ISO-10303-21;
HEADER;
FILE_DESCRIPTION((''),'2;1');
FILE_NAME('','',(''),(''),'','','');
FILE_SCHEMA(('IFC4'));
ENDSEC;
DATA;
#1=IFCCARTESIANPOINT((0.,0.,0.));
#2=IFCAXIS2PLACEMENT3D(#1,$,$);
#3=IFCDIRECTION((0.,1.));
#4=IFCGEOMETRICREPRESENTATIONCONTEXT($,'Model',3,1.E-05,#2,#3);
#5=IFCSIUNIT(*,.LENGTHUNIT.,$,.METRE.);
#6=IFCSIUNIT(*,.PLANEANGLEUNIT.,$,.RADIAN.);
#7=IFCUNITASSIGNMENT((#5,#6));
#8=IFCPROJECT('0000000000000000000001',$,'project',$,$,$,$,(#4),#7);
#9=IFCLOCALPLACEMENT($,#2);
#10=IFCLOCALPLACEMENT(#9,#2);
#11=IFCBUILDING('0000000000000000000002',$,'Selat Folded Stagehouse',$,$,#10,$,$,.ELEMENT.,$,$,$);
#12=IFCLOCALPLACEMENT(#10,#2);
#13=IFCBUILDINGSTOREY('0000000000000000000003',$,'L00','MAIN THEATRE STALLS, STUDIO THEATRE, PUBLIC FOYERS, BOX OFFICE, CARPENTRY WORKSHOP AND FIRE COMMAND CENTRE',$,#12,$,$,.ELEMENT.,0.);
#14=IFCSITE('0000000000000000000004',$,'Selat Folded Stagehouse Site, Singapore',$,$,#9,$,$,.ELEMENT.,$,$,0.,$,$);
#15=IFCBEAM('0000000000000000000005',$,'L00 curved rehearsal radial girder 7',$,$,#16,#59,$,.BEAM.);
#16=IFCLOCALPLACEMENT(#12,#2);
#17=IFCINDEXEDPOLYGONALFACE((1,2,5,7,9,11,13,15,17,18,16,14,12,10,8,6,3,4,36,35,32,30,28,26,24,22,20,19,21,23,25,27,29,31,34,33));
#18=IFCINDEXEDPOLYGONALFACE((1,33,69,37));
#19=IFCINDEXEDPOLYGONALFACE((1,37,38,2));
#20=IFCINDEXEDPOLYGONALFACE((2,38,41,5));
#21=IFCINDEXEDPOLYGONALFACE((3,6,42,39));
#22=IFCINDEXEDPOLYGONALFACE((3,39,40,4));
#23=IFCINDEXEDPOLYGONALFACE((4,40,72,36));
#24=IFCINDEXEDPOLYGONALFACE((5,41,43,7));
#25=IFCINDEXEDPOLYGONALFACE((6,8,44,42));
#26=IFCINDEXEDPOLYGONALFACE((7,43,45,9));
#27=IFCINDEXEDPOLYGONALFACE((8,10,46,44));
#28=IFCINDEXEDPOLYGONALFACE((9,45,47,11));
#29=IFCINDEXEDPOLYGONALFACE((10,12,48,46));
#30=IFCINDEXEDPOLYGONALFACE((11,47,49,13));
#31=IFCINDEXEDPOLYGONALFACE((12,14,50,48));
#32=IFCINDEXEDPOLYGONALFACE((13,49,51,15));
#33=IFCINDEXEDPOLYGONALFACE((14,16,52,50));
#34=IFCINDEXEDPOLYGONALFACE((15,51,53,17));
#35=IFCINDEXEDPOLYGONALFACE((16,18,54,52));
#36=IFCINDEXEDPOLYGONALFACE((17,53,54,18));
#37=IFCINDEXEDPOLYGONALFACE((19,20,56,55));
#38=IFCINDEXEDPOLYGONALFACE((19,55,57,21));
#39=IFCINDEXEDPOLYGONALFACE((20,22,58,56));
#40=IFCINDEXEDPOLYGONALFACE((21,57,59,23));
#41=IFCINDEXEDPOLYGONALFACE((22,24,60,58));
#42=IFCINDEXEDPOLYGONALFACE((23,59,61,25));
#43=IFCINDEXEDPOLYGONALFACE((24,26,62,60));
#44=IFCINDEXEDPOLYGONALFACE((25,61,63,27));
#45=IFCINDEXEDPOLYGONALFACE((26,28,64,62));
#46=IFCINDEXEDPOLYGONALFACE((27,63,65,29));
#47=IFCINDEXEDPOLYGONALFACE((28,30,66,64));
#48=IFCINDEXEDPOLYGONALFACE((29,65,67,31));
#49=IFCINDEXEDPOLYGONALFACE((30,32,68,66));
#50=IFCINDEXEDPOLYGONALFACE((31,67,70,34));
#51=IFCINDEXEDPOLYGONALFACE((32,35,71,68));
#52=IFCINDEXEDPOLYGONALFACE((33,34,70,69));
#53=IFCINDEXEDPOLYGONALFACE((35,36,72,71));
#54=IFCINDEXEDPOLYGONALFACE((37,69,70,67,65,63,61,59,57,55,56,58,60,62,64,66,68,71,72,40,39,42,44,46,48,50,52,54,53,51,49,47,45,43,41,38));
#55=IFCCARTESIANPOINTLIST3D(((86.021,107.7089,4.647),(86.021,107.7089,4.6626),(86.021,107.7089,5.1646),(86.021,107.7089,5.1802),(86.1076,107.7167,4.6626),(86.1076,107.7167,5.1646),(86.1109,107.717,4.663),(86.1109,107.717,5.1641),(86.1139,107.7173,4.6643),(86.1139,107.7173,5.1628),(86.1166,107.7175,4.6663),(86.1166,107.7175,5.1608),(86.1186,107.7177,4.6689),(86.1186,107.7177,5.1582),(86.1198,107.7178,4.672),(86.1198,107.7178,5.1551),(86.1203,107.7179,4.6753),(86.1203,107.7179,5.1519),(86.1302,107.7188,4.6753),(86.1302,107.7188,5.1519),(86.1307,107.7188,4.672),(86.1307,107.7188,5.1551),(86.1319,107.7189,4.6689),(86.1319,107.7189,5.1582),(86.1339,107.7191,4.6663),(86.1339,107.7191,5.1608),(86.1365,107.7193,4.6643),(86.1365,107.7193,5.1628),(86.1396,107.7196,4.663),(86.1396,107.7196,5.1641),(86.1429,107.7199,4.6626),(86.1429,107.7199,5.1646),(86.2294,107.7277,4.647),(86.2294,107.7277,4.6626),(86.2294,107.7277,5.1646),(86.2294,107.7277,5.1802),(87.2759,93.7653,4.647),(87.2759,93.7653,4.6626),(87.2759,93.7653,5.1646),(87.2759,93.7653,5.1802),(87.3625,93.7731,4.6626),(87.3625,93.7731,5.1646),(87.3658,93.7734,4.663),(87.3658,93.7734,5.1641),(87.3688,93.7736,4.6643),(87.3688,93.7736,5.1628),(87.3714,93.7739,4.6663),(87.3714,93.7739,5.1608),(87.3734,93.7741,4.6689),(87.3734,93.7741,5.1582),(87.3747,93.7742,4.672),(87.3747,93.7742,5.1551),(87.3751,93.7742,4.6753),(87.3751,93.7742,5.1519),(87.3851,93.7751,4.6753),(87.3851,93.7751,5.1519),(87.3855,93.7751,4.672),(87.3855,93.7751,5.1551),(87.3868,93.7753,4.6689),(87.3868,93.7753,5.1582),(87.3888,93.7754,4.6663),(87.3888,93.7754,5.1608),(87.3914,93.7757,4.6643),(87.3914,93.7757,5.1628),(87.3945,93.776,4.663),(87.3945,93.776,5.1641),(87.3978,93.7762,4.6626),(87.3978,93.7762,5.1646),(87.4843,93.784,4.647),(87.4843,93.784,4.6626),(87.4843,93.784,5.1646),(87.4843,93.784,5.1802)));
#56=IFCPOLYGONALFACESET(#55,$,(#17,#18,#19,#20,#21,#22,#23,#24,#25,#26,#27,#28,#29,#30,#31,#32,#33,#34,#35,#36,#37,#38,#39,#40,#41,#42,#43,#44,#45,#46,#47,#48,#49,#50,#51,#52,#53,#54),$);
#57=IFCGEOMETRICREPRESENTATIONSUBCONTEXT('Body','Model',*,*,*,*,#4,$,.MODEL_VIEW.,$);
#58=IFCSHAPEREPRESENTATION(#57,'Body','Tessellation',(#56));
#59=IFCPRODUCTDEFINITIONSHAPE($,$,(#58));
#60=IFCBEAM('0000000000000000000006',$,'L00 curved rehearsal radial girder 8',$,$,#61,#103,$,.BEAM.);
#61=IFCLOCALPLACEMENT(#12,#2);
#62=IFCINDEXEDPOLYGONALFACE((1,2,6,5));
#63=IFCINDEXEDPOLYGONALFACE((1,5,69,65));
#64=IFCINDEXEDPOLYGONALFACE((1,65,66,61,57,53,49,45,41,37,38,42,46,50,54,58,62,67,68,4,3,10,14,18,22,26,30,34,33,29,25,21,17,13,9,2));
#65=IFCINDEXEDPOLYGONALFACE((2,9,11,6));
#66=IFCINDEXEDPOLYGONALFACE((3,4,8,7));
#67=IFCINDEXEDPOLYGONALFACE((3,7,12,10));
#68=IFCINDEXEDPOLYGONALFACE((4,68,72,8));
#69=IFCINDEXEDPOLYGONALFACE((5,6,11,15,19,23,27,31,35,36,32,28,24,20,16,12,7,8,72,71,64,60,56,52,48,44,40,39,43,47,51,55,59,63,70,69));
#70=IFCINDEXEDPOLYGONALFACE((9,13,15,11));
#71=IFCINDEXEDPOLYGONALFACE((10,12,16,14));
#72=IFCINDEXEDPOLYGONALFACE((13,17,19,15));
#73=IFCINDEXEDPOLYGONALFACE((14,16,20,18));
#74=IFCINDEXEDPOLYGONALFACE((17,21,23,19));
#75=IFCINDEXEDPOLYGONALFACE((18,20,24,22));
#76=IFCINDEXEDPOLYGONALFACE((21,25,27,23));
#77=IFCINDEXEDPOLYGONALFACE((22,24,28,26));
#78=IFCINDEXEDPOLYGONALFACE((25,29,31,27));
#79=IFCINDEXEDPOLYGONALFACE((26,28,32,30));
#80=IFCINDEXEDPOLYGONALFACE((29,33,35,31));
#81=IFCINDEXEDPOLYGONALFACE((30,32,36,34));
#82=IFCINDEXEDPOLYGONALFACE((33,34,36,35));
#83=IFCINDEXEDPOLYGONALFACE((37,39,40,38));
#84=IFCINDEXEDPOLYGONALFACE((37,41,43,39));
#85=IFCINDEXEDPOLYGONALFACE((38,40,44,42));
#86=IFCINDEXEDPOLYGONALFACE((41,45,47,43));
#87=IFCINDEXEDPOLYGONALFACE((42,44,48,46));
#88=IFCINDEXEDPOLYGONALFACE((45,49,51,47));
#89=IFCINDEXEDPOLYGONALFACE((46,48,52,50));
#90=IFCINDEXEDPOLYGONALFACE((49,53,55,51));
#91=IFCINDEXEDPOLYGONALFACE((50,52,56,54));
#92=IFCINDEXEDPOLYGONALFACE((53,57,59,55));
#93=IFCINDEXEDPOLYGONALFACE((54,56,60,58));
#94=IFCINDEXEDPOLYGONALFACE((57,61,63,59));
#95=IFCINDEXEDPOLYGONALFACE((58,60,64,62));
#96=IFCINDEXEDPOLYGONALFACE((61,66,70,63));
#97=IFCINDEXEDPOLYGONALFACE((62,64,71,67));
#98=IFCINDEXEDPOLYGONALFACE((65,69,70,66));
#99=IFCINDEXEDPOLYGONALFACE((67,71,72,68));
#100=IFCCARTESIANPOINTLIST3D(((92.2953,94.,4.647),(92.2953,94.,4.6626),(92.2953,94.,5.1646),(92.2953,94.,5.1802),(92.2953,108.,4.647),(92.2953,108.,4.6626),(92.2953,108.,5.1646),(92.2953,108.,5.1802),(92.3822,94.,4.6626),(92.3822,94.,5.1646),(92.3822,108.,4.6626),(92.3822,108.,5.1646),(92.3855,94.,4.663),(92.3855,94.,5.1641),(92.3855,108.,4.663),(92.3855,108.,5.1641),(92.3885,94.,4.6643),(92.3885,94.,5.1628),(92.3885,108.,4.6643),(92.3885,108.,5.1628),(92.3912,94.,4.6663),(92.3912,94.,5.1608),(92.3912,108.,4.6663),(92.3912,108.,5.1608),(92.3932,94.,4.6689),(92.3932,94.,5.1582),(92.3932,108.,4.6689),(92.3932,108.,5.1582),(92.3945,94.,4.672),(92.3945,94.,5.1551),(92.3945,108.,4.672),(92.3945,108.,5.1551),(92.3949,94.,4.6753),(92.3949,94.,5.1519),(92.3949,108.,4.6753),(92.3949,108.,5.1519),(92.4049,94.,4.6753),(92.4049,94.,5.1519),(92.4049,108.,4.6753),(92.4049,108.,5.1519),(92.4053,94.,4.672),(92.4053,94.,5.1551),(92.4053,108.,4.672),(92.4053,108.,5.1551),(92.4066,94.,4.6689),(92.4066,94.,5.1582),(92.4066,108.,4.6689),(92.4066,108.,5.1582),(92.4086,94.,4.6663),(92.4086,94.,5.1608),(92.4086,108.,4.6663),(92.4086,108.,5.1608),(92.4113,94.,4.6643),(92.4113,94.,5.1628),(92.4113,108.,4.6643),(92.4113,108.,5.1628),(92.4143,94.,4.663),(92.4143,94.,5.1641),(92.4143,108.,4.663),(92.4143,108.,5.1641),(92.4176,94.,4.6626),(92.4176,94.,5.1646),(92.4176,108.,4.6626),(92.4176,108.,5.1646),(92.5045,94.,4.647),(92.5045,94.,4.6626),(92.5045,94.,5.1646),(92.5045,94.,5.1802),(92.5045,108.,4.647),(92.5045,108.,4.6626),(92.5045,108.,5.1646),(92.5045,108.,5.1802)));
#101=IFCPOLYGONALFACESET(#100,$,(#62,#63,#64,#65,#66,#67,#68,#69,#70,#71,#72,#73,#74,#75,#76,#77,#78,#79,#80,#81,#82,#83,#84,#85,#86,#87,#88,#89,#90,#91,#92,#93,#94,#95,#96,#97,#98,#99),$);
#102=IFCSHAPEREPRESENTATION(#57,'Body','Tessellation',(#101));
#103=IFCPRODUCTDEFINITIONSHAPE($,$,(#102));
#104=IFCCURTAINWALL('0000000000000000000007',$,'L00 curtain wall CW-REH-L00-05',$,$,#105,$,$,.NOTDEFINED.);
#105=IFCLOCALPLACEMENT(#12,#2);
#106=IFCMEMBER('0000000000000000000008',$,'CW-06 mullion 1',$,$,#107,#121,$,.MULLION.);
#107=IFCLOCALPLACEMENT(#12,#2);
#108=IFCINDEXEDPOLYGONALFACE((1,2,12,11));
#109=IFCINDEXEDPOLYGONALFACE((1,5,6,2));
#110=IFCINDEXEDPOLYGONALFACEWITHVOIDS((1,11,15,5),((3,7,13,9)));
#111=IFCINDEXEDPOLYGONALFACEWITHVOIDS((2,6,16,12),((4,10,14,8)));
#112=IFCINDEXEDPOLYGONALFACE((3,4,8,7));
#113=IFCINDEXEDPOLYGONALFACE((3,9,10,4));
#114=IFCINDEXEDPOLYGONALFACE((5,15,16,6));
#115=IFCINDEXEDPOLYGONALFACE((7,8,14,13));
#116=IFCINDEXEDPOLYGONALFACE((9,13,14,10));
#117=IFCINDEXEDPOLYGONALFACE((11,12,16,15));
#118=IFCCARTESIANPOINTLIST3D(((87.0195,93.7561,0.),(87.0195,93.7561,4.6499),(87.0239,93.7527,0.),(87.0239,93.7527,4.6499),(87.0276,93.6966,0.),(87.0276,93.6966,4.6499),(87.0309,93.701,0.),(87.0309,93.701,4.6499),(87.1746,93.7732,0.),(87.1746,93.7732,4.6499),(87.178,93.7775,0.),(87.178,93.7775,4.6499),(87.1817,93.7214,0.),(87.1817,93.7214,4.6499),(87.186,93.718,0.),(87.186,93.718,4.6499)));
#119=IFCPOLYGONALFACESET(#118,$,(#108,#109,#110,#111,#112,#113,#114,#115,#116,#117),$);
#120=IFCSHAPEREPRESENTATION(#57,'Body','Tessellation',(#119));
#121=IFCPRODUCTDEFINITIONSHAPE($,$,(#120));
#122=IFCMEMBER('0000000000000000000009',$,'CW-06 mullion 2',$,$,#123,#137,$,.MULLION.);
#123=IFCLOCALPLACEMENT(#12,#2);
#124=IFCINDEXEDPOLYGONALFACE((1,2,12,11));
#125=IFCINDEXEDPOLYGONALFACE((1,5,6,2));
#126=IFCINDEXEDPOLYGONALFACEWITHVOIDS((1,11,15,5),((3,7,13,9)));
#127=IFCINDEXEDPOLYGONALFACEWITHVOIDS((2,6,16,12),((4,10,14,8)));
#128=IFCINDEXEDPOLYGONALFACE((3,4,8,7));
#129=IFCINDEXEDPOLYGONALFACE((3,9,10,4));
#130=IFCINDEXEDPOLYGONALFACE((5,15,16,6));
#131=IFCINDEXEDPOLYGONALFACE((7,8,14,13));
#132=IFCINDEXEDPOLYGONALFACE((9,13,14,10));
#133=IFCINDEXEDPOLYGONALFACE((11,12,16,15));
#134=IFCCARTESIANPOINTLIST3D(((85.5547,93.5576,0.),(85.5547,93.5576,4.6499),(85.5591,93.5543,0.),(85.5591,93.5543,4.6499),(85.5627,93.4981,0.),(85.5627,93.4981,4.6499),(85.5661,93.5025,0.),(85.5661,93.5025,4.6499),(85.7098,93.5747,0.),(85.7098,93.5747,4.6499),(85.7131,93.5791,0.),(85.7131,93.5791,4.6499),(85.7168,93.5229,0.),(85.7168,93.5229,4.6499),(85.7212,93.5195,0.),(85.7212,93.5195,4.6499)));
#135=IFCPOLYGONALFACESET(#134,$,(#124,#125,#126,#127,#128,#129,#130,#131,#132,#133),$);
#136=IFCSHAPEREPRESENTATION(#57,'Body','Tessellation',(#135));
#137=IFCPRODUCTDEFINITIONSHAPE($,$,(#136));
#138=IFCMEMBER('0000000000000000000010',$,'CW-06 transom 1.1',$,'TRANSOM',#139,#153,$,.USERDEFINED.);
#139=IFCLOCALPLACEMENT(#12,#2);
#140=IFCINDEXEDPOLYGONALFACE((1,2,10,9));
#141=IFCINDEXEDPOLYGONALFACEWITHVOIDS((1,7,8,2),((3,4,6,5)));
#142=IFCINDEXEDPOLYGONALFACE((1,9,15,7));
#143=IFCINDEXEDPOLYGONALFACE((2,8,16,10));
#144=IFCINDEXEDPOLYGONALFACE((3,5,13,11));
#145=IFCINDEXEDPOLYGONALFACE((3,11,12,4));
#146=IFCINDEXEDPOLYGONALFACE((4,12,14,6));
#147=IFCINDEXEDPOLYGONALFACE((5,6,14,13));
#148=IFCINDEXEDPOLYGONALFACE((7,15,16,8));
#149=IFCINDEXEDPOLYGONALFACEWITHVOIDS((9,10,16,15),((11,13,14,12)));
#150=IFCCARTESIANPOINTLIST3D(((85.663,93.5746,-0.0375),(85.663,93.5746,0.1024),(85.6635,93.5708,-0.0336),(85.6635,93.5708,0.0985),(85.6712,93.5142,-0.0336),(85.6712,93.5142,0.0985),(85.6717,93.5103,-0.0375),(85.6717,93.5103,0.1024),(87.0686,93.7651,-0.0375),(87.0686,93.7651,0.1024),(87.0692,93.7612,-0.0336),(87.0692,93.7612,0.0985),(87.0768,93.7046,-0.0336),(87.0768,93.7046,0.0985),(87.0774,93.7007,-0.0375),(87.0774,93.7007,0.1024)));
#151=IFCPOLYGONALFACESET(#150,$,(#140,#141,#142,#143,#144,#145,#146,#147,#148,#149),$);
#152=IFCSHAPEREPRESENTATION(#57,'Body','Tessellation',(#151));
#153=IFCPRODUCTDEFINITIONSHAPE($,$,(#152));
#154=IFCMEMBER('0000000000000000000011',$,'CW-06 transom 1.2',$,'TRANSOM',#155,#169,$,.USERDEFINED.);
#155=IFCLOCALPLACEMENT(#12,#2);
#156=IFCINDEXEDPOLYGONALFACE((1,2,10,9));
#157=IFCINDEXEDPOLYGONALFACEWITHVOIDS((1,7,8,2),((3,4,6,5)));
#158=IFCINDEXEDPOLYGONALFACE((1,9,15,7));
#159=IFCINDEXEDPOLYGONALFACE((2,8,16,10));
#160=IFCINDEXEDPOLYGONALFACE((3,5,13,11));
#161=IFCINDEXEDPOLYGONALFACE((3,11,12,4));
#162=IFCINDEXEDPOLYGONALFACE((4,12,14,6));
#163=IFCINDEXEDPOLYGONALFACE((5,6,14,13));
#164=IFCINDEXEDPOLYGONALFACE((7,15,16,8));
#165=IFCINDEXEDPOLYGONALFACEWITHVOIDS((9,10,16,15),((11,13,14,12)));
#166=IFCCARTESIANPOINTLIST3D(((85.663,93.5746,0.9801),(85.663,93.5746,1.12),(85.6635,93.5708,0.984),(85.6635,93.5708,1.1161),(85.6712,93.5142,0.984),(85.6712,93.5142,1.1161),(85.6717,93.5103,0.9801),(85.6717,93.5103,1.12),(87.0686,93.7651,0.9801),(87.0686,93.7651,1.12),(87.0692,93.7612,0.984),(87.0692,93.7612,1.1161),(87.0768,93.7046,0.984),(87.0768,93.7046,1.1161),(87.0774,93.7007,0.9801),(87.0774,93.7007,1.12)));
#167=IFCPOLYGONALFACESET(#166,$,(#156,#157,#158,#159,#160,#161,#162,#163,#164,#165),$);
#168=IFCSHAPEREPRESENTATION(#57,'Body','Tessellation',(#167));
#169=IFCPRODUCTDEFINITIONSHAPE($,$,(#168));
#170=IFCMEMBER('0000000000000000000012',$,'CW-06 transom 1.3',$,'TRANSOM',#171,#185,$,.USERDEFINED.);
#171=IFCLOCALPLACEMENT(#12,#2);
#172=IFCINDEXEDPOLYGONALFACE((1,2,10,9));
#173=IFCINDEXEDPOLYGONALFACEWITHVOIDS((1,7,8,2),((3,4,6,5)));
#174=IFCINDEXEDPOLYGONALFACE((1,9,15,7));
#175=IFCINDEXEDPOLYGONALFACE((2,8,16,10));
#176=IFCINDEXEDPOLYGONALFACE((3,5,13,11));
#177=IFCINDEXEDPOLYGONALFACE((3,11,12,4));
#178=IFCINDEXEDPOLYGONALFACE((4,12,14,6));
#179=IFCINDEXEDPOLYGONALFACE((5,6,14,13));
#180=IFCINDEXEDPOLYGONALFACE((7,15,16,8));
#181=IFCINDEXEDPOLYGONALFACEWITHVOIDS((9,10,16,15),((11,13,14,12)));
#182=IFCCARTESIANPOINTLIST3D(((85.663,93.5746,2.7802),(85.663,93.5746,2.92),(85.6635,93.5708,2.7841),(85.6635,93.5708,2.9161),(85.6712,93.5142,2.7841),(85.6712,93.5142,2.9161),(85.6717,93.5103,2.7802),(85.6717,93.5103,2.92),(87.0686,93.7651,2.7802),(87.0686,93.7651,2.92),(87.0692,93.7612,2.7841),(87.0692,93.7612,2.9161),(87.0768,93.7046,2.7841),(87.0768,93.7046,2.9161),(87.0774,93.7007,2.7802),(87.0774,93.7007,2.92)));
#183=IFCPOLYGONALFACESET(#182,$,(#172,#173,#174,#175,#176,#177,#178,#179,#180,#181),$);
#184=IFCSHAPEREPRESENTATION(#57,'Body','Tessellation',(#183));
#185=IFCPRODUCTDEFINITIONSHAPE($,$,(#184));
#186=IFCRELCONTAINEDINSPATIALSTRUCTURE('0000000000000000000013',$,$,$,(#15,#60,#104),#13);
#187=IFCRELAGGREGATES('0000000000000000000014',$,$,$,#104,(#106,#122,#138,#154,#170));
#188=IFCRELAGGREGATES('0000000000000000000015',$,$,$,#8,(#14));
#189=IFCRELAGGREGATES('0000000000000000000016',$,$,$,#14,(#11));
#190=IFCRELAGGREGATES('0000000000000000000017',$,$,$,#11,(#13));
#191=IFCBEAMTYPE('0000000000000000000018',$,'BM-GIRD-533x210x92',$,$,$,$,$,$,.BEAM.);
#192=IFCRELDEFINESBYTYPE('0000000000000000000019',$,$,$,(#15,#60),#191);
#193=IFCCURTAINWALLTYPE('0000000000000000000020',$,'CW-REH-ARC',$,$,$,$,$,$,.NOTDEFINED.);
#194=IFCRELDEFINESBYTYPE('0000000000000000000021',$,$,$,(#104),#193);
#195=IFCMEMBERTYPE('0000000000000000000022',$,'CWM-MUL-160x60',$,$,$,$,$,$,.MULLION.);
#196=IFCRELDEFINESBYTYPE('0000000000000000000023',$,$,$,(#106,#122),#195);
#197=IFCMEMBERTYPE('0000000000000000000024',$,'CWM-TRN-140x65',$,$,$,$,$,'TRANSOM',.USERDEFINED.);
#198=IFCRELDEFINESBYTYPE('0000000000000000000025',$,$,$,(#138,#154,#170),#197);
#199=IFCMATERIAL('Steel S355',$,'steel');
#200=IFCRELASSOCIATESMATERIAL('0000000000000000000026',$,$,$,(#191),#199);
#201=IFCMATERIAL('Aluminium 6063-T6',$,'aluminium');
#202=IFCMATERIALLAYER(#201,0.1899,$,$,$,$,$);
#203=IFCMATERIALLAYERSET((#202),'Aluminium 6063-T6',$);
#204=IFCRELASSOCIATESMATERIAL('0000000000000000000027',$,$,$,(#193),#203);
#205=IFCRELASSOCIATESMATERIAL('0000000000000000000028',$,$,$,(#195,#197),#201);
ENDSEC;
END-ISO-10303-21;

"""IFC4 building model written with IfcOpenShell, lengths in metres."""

from ifc_helpers import new_model, si_unit, direction, frame, origin, origin_2d, place, context, subcontext, project, spatial, hollow_rectangle, i_section, extrude, material, layer, layer_set, material_profile, profile_set, type_object, element, aggregate, save


model = new_model("IFC4")

# Units and contexts
model_context = context("Model", 3, precision=1e-05, world=origin(), true_north=direction((0.0, 1.0)))
body_context = subcontext(model_context, "Body", "Model", "MODEL_VIEW")
ifc_project = project(units=[si_unit("LENGTHUNIT", "METRE"), si_unit("PLANEANGLEUNIT", "RADIAN")], contexts=[model_context])

# Site, building, storey
site_placement = place(None, origin())
site = spatial("IfcSite", under=ifc_project, at=site_placement, Name="Selat Folded Stagehouse Site, Singapore", CompositionType="ELEMENT", RefElevation=0.0)
building_placement = place(site_placement, origin())
building = spatial("IfcBuilding", under=site, at=building_placement, Name="Selat Folded Stagehouse", CompositionType="ELEMENT")
storey_placement = place(building_placement, origin())
storey = spatial("IfcBuildingStorey", under=building, at=storey_placement, Name="L00", Description="MAIN THEATRE STALLS, STUDIO THEATRE, PUBLIC FOYERS, BOX OFFICE, CARPENTRY WORKSHOP AND FIRE COMMAND CENTRE", CompositionType="ELEMENT", Elevation=0.0)

# Shared definitions
ifc_material_1 = material(Name="Steel S355", Category="steel")

# Beams
ifc_material_profile_1 = material_profile(ifc_material_1, i_section(OverallWidth=0.2092, OverallDepth=0.5332, WebThickness=0.01, FlangeThickness=0.0156, FilletRadius=0.0127, at=origin_2d()), Name="UKB 533x210x92")
ifc_profile_set_1 = profile_set([ifc_material_profile_1], Name="Steel S355")
beam_type_1 = type_object("IfcBeamType", Name="BM-GIRD-533x210x92", PredefinedType="BEAM", material=ifc_profile_set_1)
for number, where, z_axis, x_axis, name in (
    (1, (87.3801, 93.7747, 4.9136), (-0.089635, 0.995975, 0.0), (-0.995975, -0.089635, 0.0), "L00 curved rehearsal radial girder 7"),
    (2, (92.3999, 94.0, 4.9136), (0.0, 1.0, 0.0), (-1.0, 0.0, 0.0), "L00 curved rehearsal radial girder 8"),
):
    element("IfcBeam", number, at=place(storey_placement, frame(where, z_axis=z_axis, x_axis=x_axis)), inside=storey, type_object=beam_type_1, Name=name, PredefinedType="BEAM", context=body_context, shape_type="SweptSolid", body=[
        extrude(i_section(OverallWidth=0.2092, OverallDepth=0.5332, WebThickness=0.01, FlangeThickness=0.0156, FilletRadius=0.0127, at=origin_2d()), origin(), (0.0, 0.0, 1.0), 14.0),
    ])

# Curtain wall, members
ifc_material_2 = material(Name="Aluminium 6063-T6", Category="aluminium")
ifc_layer_1 = layer(ifc_material_2, 0.1899)
ifc_layer_set_1 = layer_set([ifc_layer_1], Name="Aluminium 6063-T6")
curtain_wall_type = type_object("IfcCurtainWallType", Name="CW-REH-ARC", PredefinedType="NOTDEFINED", material=ifc_layer_set_1)
curtain_wall_placement = place(storey_placement, origin())
curtain_wall = element("IfcCurtainWall", 3, at=curtain_wall_placement, inside=storey, type_object=curtain_wall_type, Name="L00 curtain wall CW-REH-L00-05", PredefinedType="NOTDEFINED")
ifc_material_profile_2 = material_profile(ifc_material_2, hollow_rectangle(XDim=0.0601, YDim=0.1599, WallThickness=0.0039, at=origin_2d()), Name="ALU 160x60x4.0")
ifc_profile_set_2 = profile_set([ifc_material_profile_2], Name="Aluminium 6063-T6")
member_type_1 = type_object("IfcMemberType", Name="CWM-MUL-160x60", PredefinedType="MULLION", material=ifc_profile_set_2)
member_1_placement = place(storey_placement, frame((87.1028, 93.7371, 0.0), z_axis=(0.0, 0.0, 1.0), x_axis=(0.134212, -0.990953, 0.0)))
member_1 = element("IfcMember", 4, at=member_1_placement, type_object=member_type_1, Name="CW-06 mullion 1", PredefinedType="MULLION", context=body_context, shape_type="SweptSolid", body=[
    extrude(hollow_rectangle(XDim=0.0601, YDim=0.1599, WallThickness=0.0039, at=origin_2d()), origin(), (0.0, 0.0, 1.0), 4.6499),
])
member_2_placement = place(storey_placement, frame((85.6379, 93.5386, 0.0), z_axis=(0.0, 0.0, 1.0), x_axis=(0.134212, -0.990953, 0.0)))
member_2 = element("IfcMember", 5, at=member_2_placement, type_object=member_type_1, Name="CW-06 mullion 2", PredefinedType="MULLION", context=body_context, shape_type="SweptSolid", body=[
    extrude(hollow_rectangle(XDim=0.0601, YDim=0.1599, WallThickness=0.0039, at=origin_2d()), origin(), (0.0, 0.0, 1.0), 4.6499),
])
ifc_material_profile_3 = material_profile(ifc_material_2, hollow_rectangle(XDim=0.0649, YDim=0.1399, WallThickness=0.0039, at=origin_2d()), Name="ALU 140x65x4.0")
ifc_profile_set_3 = profile_set([ifc_material_profile_3], Name="Aluminium 6063-T6")
member_type_2 = type_object("IfcMemberType", Name="CWM-TRN-140x65", ElementType="TRANSOM", PredefinedType="USERDEFINED", material=ifc_profile_set_3)
member_3_placement = place(storey_placement, frame((87.073, 93.7329, 0.0325), z_axis=(-0.990946, -0.134261, 0.0), x_axis=(0.134261, -0.990946, 0.0)))
member_3 = element("IfcMember", 6, at=member_3_placement, type_object=member_type_2, Name="CW-06 transom 1.1", ObjectType="TRANSOM", PredefinedType="USERDEFINED", context=body_context, shape_type="SweptSolid", body=[
    extrude(hollow_rectangle(XDim=0.0649, YDim=0.1399, WallThickness=0.0039, at=origin_2d()), origin(), (0.0, 0.0, 1.0), 1.4185),
])
member_4_placement = place(storey_placement, frame((87.073, 93.7329, 1.05), z_axis=(-0.990946, -0.134261, 0.0), x_axis=(0.134261, -0.990946, 0.0)))
member_4 = element("IfcMember", 7, at=member_4_placement, type_object=member_type_2, Name="CW-06 transom 1.2", ObjectType="TRANSOM", PredefinedType="USERDEFINED", context=body_context, shape_type="SweptSolid", body=[
    extrude(hollow_rectangle(XDim=0.0649, YDim=0.1399, WallThickness=0.0039, at=origin_2d()), origin(), (0.0, 0.0, 1.0), 1.4185),
])
member_5_placement = place(storey_placement, frame((87.073, 93.7329, 2.8501), z_axis=(-0.990946, -0.134261, 0.0), x_axis=(0.134261, -0.990946, 0.0)))
member_5 = element("IfcMember", 8, at=member_5_placement, type_object=member_type_2, Name="CW-06 transom 1.3", ObjectType="TRANSOM", PredefinedType="USERDEFINED", context=body_context, shape_type="SweptSolid", body=[
    extrude(hollow_rectangle(XDim=0.0649, YDim=0.1399, WallThickness=0.0039, at=origin_2d()), origin(), (0.0, 0.0, 1.0), 1.4185),
])

aggregate(curtain_wall, [member_1, member_2, member_3, member_4, member_5])

save(model, "model.ifc")
